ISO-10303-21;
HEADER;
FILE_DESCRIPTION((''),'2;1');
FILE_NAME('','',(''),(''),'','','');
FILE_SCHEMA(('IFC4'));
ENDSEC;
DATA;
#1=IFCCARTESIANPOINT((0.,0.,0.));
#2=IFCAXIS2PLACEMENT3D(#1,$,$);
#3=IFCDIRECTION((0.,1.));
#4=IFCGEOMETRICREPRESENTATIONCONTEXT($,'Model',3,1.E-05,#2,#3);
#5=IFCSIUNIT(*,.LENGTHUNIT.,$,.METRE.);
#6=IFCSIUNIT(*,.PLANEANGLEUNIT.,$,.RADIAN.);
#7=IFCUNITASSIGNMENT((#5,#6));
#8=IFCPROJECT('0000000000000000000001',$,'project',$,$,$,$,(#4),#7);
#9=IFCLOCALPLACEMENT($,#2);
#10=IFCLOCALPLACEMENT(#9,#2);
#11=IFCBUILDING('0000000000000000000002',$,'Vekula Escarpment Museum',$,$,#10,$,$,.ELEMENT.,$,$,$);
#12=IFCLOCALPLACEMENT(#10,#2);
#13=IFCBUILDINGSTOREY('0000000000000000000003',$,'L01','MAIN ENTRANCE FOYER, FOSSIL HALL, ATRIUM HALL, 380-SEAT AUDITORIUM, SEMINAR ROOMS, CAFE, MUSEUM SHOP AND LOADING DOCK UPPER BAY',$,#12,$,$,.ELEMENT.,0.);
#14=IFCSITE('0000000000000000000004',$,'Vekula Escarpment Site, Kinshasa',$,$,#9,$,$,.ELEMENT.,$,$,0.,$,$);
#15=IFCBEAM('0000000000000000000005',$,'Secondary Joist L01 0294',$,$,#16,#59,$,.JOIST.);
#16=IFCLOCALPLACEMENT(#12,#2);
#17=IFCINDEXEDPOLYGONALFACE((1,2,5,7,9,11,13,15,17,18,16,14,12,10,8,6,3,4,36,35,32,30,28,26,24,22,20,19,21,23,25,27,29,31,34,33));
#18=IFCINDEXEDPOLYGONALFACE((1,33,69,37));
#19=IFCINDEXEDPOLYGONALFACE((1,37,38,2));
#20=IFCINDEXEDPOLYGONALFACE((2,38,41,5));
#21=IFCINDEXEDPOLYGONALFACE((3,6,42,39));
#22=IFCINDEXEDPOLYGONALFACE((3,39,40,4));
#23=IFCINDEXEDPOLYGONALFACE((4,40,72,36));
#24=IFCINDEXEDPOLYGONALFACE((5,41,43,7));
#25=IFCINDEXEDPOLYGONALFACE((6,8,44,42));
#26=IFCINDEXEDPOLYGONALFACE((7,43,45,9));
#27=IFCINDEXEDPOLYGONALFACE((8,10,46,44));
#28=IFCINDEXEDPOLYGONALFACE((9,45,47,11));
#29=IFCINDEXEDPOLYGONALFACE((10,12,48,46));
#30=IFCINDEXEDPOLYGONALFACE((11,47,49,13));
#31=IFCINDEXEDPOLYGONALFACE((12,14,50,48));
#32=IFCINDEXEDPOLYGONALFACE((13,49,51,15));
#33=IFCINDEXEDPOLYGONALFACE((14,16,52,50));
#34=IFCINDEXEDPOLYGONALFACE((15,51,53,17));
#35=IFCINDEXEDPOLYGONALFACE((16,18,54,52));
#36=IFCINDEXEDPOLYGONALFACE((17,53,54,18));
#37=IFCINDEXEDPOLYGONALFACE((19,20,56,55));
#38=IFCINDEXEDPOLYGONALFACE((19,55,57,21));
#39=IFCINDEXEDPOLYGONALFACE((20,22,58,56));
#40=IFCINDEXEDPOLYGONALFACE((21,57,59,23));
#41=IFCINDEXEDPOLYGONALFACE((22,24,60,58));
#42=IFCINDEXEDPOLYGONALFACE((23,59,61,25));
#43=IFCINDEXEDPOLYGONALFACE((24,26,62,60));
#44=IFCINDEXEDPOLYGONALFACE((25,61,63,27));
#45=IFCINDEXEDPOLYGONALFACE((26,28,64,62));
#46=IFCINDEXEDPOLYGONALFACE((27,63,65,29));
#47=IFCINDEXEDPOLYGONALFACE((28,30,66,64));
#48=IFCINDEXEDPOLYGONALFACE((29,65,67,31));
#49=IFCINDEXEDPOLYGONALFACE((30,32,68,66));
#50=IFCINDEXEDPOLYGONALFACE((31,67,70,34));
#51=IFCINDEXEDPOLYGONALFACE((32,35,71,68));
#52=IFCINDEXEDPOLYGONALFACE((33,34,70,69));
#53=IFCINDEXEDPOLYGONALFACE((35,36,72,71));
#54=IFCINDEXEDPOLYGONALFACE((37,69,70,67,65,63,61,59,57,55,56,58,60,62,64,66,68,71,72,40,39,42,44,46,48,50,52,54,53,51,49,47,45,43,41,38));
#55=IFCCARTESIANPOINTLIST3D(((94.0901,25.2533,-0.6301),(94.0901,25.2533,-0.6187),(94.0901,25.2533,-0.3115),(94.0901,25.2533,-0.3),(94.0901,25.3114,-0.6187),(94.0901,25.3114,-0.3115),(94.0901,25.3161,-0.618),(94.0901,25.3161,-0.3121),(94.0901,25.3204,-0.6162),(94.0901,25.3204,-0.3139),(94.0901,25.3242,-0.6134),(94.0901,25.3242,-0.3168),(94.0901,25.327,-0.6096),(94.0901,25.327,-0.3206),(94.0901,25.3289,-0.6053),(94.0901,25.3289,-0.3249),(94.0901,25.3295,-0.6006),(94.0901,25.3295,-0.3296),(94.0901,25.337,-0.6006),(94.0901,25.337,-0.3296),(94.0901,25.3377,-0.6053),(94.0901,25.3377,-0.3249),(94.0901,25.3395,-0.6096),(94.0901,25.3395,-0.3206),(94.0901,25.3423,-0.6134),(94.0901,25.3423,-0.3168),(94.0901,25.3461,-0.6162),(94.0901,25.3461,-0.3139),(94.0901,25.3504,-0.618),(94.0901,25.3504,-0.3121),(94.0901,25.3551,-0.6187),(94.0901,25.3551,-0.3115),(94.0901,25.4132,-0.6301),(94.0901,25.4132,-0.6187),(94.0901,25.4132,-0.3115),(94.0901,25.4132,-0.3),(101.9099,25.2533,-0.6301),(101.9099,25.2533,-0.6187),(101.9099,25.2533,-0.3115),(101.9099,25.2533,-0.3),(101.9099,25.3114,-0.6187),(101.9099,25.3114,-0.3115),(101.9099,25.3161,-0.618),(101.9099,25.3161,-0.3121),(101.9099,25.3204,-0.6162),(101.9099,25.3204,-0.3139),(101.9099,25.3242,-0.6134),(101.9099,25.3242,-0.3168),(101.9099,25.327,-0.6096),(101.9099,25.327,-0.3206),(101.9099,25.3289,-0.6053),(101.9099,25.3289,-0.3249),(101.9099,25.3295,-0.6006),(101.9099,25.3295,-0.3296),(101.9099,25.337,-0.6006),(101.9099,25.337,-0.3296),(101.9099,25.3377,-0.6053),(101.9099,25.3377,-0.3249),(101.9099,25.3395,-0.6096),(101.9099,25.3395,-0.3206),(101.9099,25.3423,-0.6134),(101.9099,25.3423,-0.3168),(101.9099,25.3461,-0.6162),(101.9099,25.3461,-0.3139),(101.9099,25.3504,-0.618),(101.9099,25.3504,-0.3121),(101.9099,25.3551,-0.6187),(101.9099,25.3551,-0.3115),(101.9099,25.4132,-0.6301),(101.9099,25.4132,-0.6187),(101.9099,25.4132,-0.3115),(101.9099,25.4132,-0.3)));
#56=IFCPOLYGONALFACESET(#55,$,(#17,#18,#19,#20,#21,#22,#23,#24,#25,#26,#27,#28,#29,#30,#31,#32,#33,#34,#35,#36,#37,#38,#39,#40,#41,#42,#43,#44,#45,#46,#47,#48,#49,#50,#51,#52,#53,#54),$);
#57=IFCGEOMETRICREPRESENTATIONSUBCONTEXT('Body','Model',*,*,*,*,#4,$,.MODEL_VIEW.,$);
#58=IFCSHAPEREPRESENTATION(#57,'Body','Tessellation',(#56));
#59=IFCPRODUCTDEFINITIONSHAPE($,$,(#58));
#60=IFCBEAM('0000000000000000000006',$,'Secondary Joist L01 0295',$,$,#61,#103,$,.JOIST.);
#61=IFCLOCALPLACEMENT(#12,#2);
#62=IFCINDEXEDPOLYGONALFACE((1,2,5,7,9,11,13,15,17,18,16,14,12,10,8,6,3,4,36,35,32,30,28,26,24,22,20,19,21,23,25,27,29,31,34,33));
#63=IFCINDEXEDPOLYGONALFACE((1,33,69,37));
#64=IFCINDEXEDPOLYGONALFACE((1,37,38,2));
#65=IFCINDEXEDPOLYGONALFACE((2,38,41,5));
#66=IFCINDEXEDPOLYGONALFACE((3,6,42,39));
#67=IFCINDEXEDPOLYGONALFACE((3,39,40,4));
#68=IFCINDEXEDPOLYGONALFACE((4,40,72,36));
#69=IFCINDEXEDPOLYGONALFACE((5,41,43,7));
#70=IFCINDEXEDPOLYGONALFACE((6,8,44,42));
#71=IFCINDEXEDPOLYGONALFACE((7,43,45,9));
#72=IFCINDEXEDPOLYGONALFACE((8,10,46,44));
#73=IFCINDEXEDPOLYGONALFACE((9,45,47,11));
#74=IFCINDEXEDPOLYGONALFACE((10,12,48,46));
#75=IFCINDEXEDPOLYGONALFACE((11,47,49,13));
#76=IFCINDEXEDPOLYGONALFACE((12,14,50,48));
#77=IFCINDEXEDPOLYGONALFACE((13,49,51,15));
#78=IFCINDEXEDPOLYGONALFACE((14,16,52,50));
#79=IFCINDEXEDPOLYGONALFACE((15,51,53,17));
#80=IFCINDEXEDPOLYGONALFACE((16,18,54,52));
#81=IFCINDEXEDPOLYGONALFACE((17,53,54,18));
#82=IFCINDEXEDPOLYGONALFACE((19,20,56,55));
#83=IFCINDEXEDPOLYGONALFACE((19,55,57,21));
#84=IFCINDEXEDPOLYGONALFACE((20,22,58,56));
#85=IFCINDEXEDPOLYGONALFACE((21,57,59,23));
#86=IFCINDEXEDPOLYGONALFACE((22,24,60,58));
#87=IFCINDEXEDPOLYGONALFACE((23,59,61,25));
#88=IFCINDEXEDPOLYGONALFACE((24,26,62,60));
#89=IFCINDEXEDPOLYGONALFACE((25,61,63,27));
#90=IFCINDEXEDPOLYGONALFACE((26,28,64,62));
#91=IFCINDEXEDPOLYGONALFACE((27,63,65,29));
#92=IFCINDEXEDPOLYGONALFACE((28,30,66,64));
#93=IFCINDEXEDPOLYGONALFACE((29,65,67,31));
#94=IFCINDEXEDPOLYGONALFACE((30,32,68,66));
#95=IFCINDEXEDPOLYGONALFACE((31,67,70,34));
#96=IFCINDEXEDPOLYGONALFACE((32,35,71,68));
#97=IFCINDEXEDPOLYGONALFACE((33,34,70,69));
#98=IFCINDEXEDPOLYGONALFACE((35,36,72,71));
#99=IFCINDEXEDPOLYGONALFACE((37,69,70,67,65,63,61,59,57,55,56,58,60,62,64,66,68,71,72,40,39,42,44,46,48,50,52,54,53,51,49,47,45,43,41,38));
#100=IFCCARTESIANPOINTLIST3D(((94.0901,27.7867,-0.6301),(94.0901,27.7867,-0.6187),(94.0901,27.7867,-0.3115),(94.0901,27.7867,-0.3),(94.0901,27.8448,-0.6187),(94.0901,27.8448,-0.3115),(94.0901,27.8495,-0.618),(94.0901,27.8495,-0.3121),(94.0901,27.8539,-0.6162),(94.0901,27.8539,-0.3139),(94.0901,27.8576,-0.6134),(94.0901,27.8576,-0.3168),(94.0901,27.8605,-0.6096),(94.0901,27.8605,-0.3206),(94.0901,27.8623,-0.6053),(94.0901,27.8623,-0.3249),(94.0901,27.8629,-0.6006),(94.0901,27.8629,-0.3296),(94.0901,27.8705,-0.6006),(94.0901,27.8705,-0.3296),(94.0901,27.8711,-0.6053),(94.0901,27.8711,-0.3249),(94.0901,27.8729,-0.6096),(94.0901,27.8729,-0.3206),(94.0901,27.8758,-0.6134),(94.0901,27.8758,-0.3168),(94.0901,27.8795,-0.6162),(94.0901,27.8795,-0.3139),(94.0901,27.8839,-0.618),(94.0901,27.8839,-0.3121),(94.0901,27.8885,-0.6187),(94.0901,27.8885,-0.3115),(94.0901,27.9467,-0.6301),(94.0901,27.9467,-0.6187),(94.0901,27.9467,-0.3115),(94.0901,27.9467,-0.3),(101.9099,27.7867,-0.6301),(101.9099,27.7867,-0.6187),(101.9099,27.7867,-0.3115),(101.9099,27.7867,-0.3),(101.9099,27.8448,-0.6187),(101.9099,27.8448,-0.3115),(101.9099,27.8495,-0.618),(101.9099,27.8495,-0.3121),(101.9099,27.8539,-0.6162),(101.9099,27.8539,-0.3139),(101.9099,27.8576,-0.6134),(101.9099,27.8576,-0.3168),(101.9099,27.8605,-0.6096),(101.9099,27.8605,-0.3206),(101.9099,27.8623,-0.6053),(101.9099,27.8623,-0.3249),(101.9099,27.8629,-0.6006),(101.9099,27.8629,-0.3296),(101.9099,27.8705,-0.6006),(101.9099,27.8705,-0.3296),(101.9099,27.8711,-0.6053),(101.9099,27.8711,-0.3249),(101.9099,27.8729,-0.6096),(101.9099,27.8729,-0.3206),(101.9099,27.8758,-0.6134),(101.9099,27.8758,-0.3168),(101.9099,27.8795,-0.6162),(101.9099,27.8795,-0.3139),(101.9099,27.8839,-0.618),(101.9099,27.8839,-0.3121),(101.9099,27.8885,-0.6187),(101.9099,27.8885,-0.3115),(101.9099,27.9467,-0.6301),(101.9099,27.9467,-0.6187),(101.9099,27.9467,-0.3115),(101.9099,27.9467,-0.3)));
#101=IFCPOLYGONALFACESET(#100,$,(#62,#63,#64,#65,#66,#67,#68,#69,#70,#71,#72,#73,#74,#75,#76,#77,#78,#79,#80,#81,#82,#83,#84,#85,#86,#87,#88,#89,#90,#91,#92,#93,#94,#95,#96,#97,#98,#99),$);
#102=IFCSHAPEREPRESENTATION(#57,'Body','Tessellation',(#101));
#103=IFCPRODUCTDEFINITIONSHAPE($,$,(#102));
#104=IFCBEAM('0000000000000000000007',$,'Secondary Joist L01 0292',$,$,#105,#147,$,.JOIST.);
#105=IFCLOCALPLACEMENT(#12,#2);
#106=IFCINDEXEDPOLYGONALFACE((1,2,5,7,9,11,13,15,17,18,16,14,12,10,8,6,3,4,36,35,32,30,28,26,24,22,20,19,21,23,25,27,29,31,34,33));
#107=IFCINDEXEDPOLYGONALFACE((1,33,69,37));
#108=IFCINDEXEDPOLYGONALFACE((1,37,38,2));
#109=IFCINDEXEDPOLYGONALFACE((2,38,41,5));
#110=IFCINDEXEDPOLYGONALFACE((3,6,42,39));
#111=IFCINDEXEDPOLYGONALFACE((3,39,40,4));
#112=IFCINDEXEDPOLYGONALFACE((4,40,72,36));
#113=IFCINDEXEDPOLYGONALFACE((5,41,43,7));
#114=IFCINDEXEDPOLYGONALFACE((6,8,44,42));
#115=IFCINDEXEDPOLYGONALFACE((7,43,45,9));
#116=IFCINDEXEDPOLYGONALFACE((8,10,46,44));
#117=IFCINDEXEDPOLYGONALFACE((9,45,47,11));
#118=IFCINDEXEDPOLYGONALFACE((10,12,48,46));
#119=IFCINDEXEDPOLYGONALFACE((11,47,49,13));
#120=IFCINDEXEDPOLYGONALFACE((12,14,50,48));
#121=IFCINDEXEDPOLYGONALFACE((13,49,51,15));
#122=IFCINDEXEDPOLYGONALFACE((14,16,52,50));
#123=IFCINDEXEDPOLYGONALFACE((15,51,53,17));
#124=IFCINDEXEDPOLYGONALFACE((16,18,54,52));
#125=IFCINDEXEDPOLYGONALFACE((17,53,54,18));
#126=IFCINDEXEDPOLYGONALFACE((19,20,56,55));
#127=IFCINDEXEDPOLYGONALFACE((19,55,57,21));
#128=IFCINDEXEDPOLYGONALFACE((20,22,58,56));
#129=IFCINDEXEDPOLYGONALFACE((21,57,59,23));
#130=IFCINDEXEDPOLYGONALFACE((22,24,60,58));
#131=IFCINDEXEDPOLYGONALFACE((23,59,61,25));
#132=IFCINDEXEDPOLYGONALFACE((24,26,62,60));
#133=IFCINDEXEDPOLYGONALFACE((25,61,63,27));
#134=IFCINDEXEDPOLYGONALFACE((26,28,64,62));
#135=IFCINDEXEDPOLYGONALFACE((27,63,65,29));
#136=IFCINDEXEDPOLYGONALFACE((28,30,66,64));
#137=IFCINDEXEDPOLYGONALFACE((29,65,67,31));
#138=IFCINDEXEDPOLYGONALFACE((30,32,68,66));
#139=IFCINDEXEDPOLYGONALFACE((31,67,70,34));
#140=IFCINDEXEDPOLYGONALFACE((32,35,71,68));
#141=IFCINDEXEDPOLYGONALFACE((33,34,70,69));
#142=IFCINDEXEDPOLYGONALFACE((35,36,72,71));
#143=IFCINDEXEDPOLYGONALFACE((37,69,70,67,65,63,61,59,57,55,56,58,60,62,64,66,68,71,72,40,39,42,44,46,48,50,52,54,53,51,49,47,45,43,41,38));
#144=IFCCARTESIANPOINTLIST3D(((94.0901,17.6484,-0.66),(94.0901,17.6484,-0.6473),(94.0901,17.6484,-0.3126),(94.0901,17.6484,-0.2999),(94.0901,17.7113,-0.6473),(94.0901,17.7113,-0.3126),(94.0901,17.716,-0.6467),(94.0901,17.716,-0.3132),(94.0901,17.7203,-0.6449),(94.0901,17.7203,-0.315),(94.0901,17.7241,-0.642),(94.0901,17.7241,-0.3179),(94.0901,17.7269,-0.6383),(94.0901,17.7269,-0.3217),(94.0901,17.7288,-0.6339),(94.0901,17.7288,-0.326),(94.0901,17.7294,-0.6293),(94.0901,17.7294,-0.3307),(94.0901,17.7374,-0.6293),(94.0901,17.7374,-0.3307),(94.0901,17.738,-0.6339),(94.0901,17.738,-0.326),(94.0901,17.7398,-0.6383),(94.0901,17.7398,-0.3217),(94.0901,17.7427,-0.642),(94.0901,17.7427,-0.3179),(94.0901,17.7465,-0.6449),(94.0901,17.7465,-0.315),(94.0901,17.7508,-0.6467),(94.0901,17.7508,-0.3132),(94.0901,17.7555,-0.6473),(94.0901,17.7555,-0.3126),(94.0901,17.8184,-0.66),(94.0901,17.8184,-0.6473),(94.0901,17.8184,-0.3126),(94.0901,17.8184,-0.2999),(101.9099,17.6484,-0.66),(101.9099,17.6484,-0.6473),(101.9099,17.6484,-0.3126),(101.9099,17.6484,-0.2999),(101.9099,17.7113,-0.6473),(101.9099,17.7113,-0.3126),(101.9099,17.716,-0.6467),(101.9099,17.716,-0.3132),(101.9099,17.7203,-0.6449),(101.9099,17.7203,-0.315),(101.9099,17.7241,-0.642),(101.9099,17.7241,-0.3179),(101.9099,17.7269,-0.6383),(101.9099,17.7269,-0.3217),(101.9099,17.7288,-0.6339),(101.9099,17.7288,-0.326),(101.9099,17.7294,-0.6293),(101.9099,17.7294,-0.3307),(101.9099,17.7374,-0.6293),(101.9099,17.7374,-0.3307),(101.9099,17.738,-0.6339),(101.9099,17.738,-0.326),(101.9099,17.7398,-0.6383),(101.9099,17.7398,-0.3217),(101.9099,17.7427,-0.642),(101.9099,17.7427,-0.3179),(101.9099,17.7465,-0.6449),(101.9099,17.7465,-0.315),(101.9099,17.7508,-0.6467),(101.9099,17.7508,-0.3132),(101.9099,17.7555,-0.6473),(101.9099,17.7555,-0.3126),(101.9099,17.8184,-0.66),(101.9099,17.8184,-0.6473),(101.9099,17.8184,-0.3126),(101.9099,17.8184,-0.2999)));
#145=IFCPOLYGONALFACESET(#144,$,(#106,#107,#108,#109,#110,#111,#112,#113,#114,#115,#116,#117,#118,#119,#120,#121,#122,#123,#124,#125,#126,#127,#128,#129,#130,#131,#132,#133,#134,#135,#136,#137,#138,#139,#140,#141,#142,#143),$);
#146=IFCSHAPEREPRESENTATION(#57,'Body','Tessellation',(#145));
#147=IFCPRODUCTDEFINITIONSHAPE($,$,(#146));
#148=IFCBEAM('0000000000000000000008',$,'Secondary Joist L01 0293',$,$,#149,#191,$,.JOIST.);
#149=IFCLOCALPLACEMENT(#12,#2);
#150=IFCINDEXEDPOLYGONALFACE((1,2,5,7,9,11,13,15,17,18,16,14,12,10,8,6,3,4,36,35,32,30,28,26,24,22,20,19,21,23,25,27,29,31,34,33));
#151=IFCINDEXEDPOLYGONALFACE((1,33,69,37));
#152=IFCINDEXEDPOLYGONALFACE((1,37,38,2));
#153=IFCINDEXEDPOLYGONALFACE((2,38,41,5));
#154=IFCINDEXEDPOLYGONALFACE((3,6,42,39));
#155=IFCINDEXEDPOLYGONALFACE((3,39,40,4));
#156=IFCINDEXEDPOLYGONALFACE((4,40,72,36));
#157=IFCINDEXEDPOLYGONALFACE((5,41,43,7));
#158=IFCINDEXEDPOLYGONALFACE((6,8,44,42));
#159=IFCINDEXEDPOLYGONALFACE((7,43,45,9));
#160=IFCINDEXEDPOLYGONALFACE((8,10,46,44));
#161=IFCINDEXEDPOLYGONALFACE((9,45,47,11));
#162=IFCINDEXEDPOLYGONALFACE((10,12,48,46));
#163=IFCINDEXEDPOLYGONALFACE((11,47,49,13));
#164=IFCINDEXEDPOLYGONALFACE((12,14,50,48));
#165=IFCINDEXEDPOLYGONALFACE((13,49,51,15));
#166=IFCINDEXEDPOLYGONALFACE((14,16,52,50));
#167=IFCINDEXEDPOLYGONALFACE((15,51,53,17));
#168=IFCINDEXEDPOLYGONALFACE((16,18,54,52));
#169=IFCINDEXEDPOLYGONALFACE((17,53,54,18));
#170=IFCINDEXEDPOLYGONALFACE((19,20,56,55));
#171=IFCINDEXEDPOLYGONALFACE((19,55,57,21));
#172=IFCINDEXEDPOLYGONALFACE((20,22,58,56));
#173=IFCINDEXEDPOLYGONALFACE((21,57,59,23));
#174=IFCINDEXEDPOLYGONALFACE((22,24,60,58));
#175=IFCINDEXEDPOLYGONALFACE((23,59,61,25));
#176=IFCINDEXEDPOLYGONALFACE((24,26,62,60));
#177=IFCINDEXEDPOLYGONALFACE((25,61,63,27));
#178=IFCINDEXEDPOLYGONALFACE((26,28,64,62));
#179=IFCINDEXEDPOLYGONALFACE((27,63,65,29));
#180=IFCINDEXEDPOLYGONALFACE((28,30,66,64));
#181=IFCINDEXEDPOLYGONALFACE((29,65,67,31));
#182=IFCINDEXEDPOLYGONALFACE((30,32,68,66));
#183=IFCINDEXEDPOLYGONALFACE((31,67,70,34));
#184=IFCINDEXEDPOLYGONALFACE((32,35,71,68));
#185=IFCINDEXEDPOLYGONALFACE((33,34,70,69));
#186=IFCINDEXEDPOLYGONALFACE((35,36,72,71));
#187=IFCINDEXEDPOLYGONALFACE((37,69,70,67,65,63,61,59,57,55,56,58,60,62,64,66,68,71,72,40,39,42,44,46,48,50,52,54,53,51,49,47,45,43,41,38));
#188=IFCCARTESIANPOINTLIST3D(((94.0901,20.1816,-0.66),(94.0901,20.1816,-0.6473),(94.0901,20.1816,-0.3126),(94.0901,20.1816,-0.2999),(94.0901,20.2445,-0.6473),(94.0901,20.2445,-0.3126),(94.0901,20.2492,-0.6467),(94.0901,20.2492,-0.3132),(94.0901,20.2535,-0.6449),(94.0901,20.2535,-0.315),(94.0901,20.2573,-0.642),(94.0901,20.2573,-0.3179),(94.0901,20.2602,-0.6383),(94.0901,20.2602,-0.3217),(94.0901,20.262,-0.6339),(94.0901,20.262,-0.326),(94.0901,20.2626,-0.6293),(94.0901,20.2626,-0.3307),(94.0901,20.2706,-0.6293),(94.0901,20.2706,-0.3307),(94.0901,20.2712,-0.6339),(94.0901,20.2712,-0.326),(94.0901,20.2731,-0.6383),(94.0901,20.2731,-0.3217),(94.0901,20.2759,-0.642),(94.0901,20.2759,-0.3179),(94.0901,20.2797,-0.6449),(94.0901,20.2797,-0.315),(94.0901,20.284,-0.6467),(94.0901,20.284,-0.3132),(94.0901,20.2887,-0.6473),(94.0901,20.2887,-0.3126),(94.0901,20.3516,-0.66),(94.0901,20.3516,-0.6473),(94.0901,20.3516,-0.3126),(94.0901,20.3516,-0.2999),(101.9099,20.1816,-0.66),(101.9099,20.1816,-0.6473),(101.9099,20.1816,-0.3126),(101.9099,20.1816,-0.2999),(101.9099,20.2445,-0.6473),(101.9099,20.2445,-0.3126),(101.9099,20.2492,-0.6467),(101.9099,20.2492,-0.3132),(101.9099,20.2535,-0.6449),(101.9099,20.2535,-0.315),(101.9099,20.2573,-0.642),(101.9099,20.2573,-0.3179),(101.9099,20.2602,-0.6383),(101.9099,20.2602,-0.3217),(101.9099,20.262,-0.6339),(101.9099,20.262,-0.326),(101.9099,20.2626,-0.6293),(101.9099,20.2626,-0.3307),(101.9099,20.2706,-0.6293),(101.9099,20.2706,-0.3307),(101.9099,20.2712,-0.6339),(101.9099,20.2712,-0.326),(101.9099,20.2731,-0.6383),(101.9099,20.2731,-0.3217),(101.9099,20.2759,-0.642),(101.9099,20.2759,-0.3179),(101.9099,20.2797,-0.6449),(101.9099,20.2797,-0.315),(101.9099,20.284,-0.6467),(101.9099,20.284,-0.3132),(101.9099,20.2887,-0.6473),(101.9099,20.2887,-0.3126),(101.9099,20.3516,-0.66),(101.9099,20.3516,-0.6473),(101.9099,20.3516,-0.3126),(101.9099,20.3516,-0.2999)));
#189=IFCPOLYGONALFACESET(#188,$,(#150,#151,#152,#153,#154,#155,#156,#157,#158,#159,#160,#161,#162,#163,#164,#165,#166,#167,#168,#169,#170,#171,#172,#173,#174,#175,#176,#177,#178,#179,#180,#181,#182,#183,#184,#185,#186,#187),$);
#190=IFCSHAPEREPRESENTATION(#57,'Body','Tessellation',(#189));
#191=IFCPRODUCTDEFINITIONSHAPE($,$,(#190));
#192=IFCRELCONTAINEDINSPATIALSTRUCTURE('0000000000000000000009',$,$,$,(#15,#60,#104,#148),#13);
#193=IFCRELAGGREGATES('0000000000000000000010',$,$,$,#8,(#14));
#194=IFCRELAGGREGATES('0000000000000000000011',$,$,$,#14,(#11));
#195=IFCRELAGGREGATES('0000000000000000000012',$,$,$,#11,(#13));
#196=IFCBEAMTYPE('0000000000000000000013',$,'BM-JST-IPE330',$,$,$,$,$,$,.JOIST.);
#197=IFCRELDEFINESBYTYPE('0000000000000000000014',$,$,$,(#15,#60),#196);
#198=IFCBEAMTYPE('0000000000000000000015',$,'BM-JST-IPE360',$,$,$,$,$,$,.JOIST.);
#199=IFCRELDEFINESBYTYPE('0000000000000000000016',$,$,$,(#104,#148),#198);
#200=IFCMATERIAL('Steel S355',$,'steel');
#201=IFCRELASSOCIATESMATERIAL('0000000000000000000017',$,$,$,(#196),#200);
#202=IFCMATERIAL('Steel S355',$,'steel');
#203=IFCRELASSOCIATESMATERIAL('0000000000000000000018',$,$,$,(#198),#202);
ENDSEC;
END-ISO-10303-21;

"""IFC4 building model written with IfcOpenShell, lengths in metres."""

from ifc_helpers import new_model, si_unit, direction, frame, origin, origin_2d, place, context, subcontext, project, spatial, i_section, extrude, material, material_profile, profile_set, type_object, element, save


model = new_model("IFC4")

# Units and contexts
model_context = context("Model", 3, precision=1e-05, world=origin(), true_north=direction((0.0, 1.0)))
body_context = subcontext(model_context, "Body", "Model", "MODEL_VIEW")
ifc_project = project(units=[si_unit("LENGTHUNIT", "METRE"), si_unit("PLANEANGLEUNIT", "RADIAN")], contexts=[model_context])

# Site, building, storey
site_placement = place(None, origin())
site = spatial("IfcSite", under=ifc_project, at=site_placement, Name="Vekula Escarpment Site, Kinshasa", CompositionType="ELEMENT", RefElevation=0.0)
building_placement = place(site_placement, origin())
building = spatial("IfcBuilding", under=site, at=building_placement, Name="Vekula Escarpment Museum", CompositionType="ELEMENT")
storey_placement = place(building_placement, origin())
storey = spatial("IfcBuildingStorey", under=building, at=storey_placement, Name="L01", Description="MAIN ENTRANCE FOYER, FOSSIL HALL, ATRIUM HALL, 380-SEAT AUDITORIUM, SEMINAR ROOMS, CAFE, MUSEUM SHOP AND LOADING DOCK UPPER BAY", CompositionType="ELEMENT", Elevation=0.0)

# Beams
ifc_material_1 = material(Name="Steel S355", Category="steel")
ifc_material_profile_1 = material_profile(ifc_material_1, i_section(OverallWidth=0.1599, OverallDepth=0.3301, WebThickness=0.0076, FlangeThickness=0.0115, FilletRadius=0.0181, at=origin_2d()), Name="IPE 330")
ifc_profile_set_1 = profile_set([ifc_material_profile_1], Name="Steel S355")
beam_type_1 = type_object("IfcBeamType", Name="BM-JST-IPE330", PredefinedType="JOIST", material=ifc_profile_set_1)
for number, where, z_axis, x_axis, name in (
    (1, (94.0901, 25.3333, -0.4651), (1.0, 0.0, 0.0), (0.0, 1.0, 0.0), "Secondary Joist L01 0294"),
    (2, (94.0901, 27.8667, -0.4651), (1.0, 0.0, 0.0), (0.0, 1.0, 0.0), "Secondary Joist L01 0295"),
):
    element("IfcBeam", number, at=place(storey_placement, frame(where, z_axis=z_axis, x_axis=x_axis)), inside=storey, type_object=beam_type_1, Name=name, PredefinedType="JOIST", context=body_context, shape_type="SweptSolid", body=[
        extrude(i_section(OverallWidth=0.1599, OverallDepth=0.3301, WebThickness=0.0076, FlangeThickness=0.0115, FilletRadius=0.0181, at=origin_2d()), origin(), (0.0, 0.0, 1.0), 7.8198),
    ])
ifc_material_2 = material(Name="Steel S355", Category="steel")
ifc_material_profile_2 = material_profile(ifc_material_2, i_section(OverallWidth=0.1699, OverallDepth=0.3601, WebThickness=0.0081, FlangeThickness=0.0127, FilletRadius=0.0181, at=origin_2d()), Name="IPE 360")
ifc_profile_set_2 = profile_set([ifc_material_profile_2], Name="Steel S355")
beam_type_2 = type_object("IfcBeamType", Name="BM-JST-IPE360", PredefinedType="JOIST", material=ifc_profile_set_2)
for number, where, z_axis, x_axis, name in (
    (3, (94.0901, 17.7334, -0.48), (1.0, 0.0, 0.0), (0.0, 1.0, 0.0), "Secondary Joist L01 0292"),
    (4, (94.0901, 20.2666, -0.48), (1.0, 0.0, 0.0), (0.0, 1.0, 0.0), "Secondary Joist L01 0293"),
):
    element("IfcBeam", number, at=place(storey_placement, frame(where, z_axis=z_axis, x_axis=x_axis)), inside=storey, type_object=beam_type_2, Name=name, PredefinedType="JOIST", context=body_context, shape_type="SweptSolid", body=[
        extrude(i_section(OverallWidth=0.1699, OverallDepth=0.3601, WebThickness=0.0081, FlangeThickness=0.0127, FilletRadius=0.0181, at=origin_2d()), origin(), (0.0, 0.0, 1.0), 7.8198),
    ])

save(model, "model.ifc")
